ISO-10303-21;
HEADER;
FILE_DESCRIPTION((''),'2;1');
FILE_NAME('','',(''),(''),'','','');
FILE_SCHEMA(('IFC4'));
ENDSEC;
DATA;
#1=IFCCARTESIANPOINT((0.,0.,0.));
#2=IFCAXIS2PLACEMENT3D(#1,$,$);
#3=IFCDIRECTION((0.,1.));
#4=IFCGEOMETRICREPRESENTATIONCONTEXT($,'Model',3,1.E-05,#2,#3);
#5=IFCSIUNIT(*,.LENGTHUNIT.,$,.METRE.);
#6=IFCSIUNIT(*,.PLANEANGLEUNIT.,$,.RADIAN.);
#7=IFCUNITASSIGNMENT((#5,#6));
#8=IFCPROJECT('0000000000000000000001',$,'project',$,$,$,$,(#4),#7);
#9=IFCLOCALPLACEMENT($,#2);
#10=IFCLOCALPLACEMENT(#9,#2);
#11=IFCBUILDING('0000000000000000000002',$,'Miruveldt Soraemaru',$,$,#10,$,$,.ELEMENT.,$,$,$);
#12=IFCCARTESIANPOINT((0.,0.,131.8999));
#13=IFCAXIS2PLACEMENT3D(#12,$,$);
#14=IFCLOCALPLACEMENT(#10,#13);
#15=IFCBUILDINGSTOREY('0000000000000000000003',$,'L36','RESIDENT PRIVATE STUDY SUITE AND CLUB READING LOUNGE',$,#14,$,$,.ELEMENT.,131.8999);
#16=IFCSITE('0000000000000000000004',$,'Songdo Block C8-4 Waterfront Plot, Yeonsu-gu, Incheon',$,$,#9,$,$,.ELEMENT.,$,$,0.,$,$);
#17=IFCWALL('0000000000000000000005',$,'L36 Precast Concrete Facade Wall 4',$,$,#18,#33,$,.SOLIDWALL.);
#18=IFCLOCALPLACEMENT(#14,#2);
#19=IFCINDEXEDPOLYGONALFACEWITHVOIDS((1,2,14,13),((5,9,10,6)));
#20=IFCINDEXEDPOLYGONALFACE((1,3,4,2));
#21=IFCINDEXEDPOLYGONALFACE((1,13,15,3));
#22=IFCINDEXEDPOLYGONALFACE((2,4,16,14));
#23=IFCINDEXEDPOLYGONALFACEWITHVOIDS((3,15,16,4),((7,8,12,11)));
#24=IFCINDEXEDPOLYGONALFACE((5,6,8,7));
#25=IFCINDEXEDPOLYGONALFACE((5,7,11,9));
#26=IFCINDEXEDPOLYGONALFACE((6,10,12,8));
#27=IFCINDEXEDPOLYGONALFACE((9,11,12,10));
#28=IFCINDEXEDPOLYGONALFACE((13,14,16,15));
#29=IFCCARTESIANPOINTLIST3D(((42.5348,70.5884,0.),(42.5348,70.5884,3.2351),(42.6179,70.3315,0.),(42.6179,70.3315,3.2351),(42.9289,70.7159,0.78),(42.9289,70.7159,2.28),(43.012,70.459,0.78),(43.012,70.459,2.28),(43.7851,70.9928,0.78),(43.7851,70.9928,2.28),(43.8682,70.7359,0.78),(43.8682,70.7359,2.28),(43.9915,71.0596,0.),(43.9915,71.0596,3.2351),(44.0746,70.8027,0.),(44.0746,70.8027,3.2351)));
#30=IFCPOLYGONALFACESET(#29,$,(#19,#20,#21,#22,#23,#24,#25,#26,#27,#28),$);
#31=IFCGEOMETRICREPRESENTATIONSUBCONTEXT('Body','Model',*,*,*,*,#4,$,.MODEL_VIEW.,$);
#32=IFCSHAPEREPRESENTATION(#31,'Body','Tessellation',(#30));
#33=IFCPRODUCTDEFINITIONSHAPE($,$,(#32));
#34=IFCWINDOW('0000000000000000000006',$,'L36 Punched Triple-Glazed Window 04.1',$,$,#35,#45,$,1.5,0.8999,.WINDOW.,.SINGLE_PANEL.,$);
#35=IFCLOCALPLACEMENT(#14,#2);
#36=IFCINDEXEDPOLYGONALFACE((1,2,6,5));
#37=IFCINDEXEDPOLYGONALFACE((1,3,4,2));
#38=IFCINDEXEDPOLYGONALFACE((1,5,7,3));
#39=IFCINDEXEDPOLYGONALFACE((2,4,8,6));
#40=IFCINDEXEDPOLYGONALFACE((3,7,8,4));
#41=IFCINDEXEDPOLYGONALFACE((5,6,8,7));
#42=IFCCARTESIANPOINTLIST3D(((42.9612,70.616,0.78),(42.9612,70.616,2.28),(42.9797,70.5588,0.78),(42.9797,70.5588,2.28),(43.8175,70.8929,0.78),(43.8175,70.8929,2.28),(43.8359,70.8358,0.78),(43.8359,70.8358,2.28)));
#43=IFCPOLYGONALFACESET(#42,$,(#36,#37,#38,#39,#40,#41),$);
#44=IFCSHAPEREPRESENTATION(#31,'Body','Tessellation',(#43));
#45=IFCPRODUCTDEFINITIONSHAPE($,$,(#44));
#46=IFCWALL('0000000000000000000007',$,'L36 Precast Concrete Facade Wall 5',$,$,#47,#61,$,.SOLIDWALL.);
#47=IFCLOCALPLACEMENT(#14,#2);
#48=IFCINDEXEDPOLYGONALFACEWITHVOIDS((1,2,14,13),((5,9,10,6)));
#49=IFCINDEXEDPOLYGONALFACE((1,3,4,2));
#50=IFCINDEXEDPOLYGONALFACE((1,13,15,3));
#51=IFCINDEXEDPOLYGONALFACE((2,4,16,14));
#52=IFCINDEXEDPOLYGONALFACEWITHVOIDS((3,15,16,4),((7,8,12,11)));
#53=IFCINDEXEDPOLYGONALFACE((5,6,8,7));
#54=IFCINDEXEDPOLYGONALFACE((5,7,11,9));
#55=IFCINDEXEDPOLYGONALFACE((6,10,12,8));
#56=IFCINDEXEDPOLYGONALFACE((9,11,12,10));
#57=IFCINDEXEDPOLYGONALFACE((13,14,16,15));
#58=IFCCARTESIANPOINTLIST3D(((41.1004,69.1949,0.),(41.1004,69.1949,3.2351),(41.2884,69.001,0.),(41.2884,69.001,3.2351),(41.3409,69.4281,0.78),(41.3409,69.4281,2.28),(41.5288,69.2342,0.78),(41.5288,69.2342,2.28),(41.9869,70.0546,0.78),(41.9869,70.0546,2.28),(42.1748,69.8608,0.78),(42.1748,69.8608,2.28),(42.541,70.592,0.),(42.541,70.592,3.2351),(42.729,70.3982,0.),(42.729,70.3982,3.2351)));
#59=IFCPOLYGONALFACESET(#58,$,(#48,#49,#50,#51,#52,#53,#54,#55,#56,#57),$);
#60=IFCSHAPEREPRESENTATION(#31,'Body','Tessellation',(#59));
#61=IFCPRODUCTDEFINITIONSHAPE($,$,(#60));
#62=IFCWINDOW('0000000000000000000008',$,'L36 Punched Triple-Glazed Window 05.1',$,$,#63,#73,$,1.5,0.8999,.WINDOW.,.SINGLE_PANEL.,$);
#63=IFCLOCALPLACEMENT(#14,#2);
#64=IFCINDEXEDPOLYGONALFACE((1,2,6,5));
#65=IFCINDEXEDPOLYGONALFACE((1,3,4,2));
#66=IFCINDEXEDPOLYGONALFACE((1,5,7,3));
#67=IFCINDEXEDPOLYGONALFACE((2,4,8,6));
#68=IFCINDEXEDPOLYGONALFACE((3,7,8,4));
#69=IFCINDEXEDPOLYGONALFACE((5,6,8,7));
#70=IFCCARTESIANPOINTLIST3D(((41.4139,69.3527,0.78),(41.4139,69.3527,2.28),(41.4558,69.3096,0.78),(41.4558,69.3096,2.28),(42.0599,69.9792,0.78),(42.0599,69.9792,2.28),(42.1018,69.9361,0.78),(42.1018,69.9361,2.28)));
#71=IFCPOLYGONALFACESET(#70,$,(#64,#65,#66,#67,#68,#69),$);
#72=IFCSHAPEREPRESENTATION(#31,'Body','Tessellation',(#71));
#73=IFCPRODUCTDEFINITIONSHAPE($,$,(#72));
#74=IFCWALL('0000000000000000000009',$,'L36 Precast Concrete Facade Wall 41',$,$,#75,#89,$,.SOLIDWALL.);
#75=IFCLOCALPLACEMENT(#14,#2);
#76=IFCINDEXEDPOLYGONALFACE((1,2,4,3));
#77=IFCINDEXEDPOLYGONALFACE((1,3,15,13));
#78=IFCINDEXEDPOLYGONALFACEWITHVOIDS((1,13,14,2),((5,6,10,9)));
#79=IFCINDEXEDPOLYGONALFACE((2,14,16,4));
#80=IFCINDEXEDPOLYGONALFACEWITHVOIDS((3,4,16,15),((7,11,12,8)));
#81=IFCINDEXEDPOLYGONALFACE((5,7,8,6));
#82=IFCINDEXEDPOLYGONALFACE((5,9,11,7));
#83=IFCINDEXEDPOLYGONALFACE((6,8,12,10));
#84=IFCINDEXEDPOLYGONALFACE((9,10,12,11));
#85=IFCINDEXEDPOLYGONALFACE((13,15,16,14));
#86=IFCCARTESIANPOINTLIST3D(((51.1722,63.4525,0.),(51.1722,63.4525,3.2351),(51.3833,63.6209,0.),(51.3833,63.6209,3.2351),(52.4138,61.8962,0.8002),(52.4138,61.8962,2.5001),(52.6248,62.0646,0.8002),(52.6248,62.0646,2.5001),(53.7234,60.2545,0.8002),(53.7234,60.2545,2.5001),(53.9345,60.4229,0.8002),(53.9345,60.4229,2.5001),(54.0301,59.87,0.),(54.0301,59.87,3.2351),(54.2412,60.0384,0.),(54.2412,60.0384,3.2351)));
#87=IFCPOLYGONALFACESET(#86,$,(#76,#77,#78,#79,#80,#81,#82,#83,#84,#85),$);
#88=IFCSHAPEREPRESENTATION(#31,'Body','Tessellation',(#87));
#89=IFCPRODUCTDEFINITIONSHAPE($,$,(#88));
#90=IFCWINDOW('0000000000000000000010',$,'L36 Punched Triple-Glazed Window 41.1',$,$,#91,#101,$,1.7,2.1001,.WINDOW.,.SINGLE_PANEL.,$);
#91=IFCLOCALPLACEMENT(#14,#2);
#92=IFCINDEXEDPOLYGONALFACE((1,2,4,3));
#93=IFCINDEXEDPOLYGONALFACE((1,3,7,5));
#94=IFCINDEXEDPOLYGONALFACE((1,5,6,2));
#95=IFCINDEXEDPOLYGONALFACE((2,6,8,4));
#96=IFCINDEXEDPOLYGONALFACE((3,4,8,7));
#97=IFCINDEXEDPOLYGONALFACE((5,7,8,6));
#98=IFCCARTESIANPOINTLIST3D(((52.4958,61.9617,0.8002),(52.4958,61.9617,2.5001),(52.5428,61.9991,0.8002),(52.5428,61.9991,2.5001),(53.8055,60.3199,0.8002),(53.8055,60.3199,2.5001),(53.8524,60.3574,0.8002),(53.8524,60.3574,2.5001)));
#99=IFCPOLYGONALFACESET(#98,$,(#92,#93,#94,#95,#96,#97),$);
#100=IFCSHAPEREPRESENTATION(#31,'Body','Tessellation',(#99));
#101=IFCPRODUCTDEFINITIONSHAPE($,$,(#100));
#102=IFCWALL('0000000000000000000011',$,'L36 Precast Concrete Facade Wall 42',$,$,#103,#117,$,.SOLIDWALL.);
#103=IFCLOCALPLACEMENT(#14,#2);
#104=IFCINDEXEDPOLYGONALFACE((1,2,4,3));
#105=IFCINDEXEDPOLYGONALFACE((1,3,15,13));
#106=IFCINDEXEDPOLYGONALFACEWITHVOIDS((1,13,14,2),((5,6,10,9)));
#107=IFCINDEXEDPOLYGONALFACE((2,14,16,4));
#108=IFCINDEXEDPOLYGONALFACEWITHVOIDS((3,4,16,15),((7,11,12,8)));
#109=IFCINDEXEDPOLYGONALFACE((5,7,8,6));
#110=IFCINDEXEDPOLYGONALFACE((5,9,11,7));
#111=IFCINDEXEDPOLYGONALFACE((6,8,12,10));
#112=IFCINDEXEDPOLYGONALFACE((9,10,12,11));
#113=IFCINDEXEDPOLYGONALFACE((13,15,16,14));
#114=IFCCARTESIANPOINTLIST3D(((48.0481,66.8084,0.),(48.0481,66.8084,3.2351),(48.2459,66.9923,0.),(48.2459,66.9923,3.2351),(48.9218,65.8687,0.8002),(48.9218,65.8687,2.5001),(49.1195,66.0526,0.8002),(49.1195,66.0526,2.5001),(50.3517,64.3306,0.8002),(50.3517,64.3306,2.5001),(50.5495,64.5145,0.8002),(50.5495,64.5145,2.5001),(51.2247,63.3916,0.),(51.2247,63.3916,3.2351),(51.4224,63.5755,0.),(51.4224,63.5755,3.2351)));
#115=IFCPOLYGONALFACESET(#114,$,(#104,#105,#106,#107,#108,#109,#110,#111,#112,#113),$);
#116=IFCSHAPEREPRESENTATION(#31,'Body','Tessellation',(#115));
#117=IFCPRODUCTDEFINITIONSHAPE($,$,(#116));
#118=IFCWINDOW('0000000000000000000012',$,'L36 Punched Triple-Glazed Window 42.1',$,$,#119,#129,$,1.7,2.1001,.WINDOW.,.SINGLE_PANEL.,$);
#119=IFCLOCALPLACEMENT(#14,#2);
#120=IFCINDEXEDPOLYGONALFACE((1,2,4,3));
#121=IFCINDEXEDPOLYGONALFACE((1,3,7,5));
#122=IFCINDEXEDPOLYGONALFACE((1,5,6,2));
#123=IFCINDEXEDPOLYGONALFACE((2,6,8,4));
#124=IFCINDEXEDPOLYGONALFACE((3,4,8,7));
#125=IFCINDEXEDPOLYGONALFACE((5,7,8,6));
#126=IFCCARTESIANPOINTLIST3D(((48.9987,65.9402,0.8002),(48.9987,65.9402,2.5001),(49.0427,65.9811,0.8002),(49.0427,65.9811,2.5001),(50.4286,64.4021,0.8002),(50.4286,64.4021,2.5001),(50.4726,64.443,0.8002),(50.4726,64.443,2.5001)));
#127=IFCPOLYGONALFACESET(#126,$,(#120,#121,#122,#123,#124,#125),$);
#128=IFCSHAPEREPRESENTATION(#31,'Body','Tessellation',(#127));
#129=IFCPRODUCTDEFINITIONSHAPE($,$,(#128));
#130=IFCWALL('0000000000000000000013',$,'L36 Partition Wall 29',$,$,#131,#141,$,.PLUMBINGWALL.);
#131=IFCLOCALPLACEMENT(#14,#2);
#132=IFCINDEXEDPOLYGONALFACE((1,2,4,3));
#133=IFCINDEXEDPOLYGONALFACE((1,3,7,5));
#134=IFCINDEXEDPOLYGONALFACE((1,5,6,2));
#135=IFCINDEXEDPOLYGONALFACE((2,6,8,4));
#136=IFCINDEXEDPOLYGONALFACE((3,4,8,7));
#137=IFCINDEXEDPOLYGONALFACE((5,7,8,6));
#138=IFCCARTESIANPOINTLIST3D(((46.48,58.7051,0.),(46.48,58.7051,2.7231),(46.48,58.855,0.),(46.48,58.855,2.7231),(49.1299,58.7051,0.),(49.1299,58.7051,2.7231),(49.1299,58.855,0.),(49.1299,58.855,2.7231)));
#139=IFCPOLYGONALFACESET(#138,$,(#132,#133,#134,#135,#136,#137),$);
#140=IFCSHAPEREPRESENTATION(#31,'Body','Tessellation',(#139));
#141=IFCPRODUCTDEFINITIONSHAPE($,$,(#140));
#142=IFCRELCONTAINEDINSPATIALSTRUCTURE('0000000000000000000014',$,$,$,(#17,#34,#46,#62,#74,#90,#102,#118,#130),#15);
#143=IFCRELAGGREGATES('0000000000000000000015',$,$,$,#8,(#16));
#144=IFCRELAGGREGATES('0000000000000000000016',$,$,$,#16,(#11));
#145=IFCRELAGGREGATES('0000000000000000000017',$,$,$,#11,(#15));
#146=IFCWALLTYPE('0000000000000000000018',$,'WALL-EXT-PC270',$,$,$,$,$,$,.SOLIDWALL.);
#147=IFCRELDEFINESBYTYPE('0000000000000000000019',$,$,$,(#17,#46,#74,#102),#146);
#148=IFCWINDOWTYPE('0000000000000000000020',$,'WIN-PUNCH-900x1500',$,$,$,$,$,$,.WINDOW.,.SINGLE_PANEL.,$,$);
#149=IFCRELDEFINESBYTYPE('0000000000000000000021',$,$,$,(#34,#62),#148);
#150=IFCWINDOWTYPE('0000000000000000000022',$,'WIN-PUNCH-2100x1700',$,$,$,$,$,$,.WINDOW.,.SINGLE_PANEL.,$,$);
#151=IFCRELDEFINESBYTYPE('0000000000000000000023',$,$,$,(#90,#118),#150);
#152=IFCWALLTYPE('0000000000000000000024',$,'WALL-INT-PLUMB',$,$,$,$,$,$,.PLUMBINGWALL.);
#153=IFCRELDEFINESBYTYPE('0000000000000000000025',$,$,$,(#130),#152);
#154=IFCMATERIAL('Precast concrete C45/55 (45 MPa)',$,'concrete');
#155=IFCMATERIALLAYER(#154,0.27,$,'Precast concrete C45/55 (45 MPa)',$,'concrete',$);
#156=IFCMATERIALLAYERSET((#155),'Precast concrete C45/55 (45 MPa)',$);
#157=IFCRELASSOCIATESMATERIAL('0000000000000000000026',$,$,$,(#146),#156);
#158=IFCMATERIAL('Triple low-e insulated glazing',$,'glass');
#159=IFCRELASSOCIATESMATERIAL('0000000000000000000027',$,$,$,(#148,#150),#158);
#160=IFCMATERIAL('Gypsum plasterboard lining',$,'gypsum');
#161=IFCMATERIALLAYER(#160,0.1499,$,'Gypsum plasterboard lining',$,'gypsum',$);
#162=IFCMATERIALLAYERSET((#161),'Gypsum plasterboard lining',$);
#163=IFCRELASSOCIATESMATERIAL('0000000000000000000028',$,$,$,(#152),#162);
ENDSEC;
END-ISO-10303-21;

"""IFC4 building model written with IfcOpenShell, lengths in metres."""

from ifc_helpers import new_model, si_unit, direction, frame, frame_2d, origin, place, context, subcontext, project, spatial, rectangle, extrude, material, layer, layer_set, type_object, element, fill, save


model = new_model("IFC4")

# Units and contexts
model_context = context("Model", 3, precision=1e-05, world=origin(), true_north=direction((0.0, 1.0)))
body_context = subcontext(model_context, "Body", "Model", "MODEL_VIEW")
ifc_project = project(units=[si_unit("LENGTHUNIT", "METRE"), si_unit("PLANEANGLEUNIT", "RADIAN")], contexts=[model_context])

# Site, building, storey
site_placement = place(None, origin())
site = spatial("IfcSite", under=ifc_project, at=site_placement, Name="Songdo Block C8-4 Waterfront Plot, Yeonsu-gu, Incheon", CompositionType="ELEMENT", RefElevation=0.0)
building_placement = place(site_placement, origin())
building = spatial("IfcBuilding", under=site, at=building_placement, Name="Miruveldt Soraemaru", CompositionType="ELEMENT")
storey_placement = place(building_placement, frame((0.0, 0.0, 131.8999)))
storey = spatial("IfcBuildingStorey", under=building, at=storey_placement, Name="L36", Description="RESIDENT PRIVATE STUDY SUITE AND CLUB READING LOUNGE", CompositionType="ELEMENT", Elevation=131.8999)

# Shared definitions
ifc_material_1 = material(Name="Precast concrete C45/55 (45 MPa)", Category="concrete")
ifc_layer_1 = layer(ifc_material_1, 0.27, Name="Precast concrete C45/55 (45 MPa)", Category="concrete")
ifc_layer_set_1 = layer_set([ifc_layer_1], Name="Precast concrete C45/55 (45 MPa)")
wall_type_1 = type_object("IfcWallType", Name="WALL-EXT-PC270", PredefinedType="SOLIDWALL", material=ifc_layer_set_1)

# Shared definitions
ifc_material_2 = material(Name="Triple low-e insulated glazing", Category="glass")

# Walls, openings, windows
wall_1_placement = place(storey_placement, frame((44.0332, 70.9312, 0.0), z_axis=(0.0, 0.0, 1.0), x_axis=(-0.951468, -0.307748, 0.0)))
wall_1 = element("IfcWall", 1, at=wall_1_placement, inside=storey, type_object=wall_type_1, Name="L36 Precast Concrete Facade Wall 4", PredefinedType="SOLIDWALL", context=body_context, shape_type="SweptSolid", body=[
    extrude(rectangle(XDim=1.531, YDim=0.27, at=frame_2d((0.7656, 0.0))), origin(), (0.0, 0.0, 1.0), 3.2351),
])
opening_1_placement = place(wall_1_placement, frame((0.217, 0.0, 0.78)))
opening_1 = element("IfcOpeningElement", 2, at=opening_1_placement, cuts=wall_1, PredefinedType="OPENING", context=body_context, shape_type="SweptSolid", body=[
    extrude(rectangle(XDim=0.8999, YDim=1.5, at=frame_2d((0.45, 0.75))), frame((0.0, 0.145, 0.0), z_axis=(0.0, -1.0, 0.0), x_axis=(1.0, 0.0, 0.0)), (0.0, 0.0, 1.0), 0.29),
])
window_type_1 = type_object("IfcWindowType", Name="WIN-PUNCH-900x1500", PartitioningType="SINGLE_PANEL", PredefinedType="WINDOW", material=ifc_material_2)
window_1_placement = place(opening_1_placement, origin())
window_1 = element("IfcWindow", 3, at=window_1_placement, inside=storey, type_object=window_type_1, Name="L36 Punched Triple-Glazed Window 04.1", OverallHeight=1.5, OverallWidth=0.8999, PartitioningType="SINGLE_PANEL", PredefinedType="WINDOW", context=body_context, shape_type="SweptSolid", body=[
    extrude(rectangle(XDim=0.8999, YDim=1.5, at=frame_2d((0.45, 0.75))), frame((0.0, 0.03, 0.0), z_axis=(0.0, -1.0, 0.0), x_axis=(1.0, 0.0, 0.0)), (0.0, 0.0, 1.0), 0.0601),
])
fill(opening_1, window_1)
wall_2_placement = place(storey_placement, frame((42.635, 70.4951, 0.0), z_axis=(0.0, 0.0, 1.0), x_axis=(-0.717851, -0.696197, 0.0)))
wall_2 = element("IfcWall", 4, at=wall_2_placement, inside=storey, type_object=wall_type_1, Name="L36 Precast Concrete Facade Wall 5", PredefinedType="SOLIDWALL", context=body_context, shape_type="SweptSolid", body=[
    extrude(rectangle(XDim=2.0068, YDim=0.27, at=frame_2d((1.0034, 0.0))), origin(), (0.0, 0.0, 1.0), 3.2351),
])
opening_2_placement = place(wall_2_placement, frame((0.772, 0.0, 0.78)))
opening_2 = element("IfcOpeningElement", 5, at=opening_2_placement, cuts=wall_2, PredefinedType="OPENING", context=body_context, shape_type="SweptSolid", body=[
    extrude(rectangle(XDim=0.8999, YDim=1.5, at=frame_2d((0.45, 0.75))), frame((0.0, 0.145, 0.0), z_axis=(0.0, -1.0, 0.0), x_axis=(1.0, 0.0, 0.0)), (0.0, 0.0, 1.0), 0.29),
])
window_2_placement = place(opening_2_placement, origin())
window_2 = element("IfcWindow", 6, at=window_2_placement, inside=storey, type_object=window_type_1, Name="L36 Punched Triple-Glazed Window 05.1", OverallHeight=1.5, OverallWidth=0.8999, PartitioningType="SINGLE_PANEL", PredefinedType="WINDOW", context=body_context, shape_type="SweptSolid", body=[
    extrude(rectangle(XDim=0.8999, YDim=1.5, at=frame_2d((0.45, 0.75))), frame((0.0, 0.03, 0.0), z_axis=(0.0, -1.0, 0.0), x_axis=(1.0, 0.0, 0.0)), (0.0, 0.0, 1.0), 0.0601),
])
fill(opening_2, window_2)
wall_3_placement = place(storey_placement, frame((54.1357, 59.9541, 0.0), z_axis=(0.0, 0.0, 1.0), x_axis=(-0.623616, 0.781731, 0.0)))
wall_3 = element("IfcWall", 7, at=wall_3_placement, inside=storey, type_object=wall_type_1, Name="L36 Precast Concrete Facade Wall 41", PredefinedType="SOLIDWALL", context=body_context, shape_type="SweptSolid", body=[
    extrude(rectangle(XDim=4.5828, YDim=0.27, at=frame_2d((2.2915, 0.0))), origin(), (0.0, 0.0, 1.0), 3.2351),
])
opening_3_placement = place(wall_3_placement, frame((0.4919, 0.0, 0.8)))
opening_3 = element("IfcOpeningElement", 8, at=opening_3_placement, cuts=wall_3, PredefinedType="OPENING", context=body_context, shape_type="SweptSolid", body=[
    extrude(rectangle(XDim=2.1001, YDim=1.7, at=frame_2d((1.05, 0.8501))), frame((0.0, 0.145, 0.0), z_axis=(0.0, -1.0, 0.0), x_axis=(1.0, 0.0, 0.0)), (0.0, 0.0, 1.0), 0.29),
])
window_type_2 = type_object("IfcWindowType", Name="WIN-PUNCH-2100x1700", PartitioningType="SINGLE_PANEL", PredefinedType="WINDOW", material=ifc_material_2)
window_3_placement = place(opening_3_placement, origin())
window_3 = element("IfcWindow", 9, at=window_3_placement, inside=storey, type_object=window_type_2, Name="L36 Punched Triple-Glazed Window 41.1", OverallHeight=1.7, OverallWidth=2.1001, PartitioningType="SINGLE_PANEL", PredefinedType="WINDOW", context=body_context, shape_type="SweptSolid", body=[
    extrude(rectangle(XDim=2.1001, YDim=1.7, at=frame_2d((1.05, 0.8501))), frame((0.0, 0.03, 0.0), z_axis=(0.0, -1.0, 0.0), x_axis=(1.0, 0.0, 0.0)), (0.0, 0.0, 1.0), 0.0601),
])
fill(opening_3, window_3)
wall_4_placement = place(storey_placement, frame((51.3235, 63.4836, 0.0), z_axis=(0.0, 0.0, 1.0), x_axis=(-0.680891, 0.732385, 0.0)))
wall_4 = element("IfcWall", 10, at=wall_4_placement, inside=storey, type_object=wall_type_1, Name="L36 Precast Concrete Facade Wall 42", PredefinedType="SOLIDWALL", context=body_context, shape_type="SweptSolid", body=[
    extrude(rectangle(XDim=4.6653, YDim=0.27, at=frame_2d((2.3325, 0.0))), origin(), (0.0, 0.0, 1.0), 3.2351),
])
opening_4_placement = place(wall_4_placement, frame((1.282, 0.0, 0.8)))
opening_4 = element("IfcOpeningElement", 11, at=opening_4_placement, cuts=wall_4, PredefinedType="OPENING", context=body_context, shape_type="SweptSolid", body=[
    extrude(rectangle(XDim=2.1001, YDim=1.7, at=frame_2d((1.05, 0.8501))), frame((0.0, 0.145, 0.0), z_axis=(0.0, -1.0, 0.0), x_axis=(1.0, 0.0, 0.0)), (0.0, 0.0, 1.0), 0.29),
])
window_4_placement = place(opening_4_placement, origin())
window_4 = element("IfcWindow", 12, at=window_4_placement, inside=storey, type_object=window_type_2, Name="L36 Punched Triple-Glazed Window 42.1", OverallHeight=1.7, OverallWidth=2.1001, PartitioningType="SINGLE_PANEL", PredefinedType="WINDOW", context=body_context, shape_type="SweptSolid", body=[
    extrude(rectangle(XDim=2.1001, YDim=1.7, at=frame_2d((1.05, 0.8501))), frame((0.0, 0.03, 0.0), z_axis=(0.0, -1.0, 0.0), x_axis=(1.0, 0.0, 0.0)), (0.0, 0.0, 1.0), 0.0601),
])
fill(opening_4, window_4)

# Wall
ifc_material_3 = material(Name="Gypsum plasterboard lining", Category="gypsum")
ifc_layer_2 = layer(ifc_material_3, 0.1499, Name="Gypsum plasterboard lining", Category="gypsum")
ifc_layer_set_2 = layer_set([ifc_layer_2], Name="Gypsum plasterboard lining")
wall_type_2 = type_object("IfcWallType", Name="WALL-INT-PLUMB", PredefinedType="PLUMBINGWALL", material=ifc_layer_set_2)
wall_5_placement = place(storey_placement, frame((49.1299, 58.78, 0.0), z_axis=(0.0, 0.0, 1.0), x_axis=(-1.0, 0.0, 0.0)))
element("IfcWall", 13, at=wall_5_placement, inside=storey, type_object=wall_type_2, Name="L36 Partition Wall 29", PredefinedType="PLUMBINGWALL", context=body_context, shape_type="SweptSolid", body=[
    extrude(rectangle(XDim=2.6499, YDim=0.1499, at=frame_2d((1.325, 0.0))), origin(), (0.0, 0.0, 1.0), 2.7231),
])

save(model, "model.ifc")
